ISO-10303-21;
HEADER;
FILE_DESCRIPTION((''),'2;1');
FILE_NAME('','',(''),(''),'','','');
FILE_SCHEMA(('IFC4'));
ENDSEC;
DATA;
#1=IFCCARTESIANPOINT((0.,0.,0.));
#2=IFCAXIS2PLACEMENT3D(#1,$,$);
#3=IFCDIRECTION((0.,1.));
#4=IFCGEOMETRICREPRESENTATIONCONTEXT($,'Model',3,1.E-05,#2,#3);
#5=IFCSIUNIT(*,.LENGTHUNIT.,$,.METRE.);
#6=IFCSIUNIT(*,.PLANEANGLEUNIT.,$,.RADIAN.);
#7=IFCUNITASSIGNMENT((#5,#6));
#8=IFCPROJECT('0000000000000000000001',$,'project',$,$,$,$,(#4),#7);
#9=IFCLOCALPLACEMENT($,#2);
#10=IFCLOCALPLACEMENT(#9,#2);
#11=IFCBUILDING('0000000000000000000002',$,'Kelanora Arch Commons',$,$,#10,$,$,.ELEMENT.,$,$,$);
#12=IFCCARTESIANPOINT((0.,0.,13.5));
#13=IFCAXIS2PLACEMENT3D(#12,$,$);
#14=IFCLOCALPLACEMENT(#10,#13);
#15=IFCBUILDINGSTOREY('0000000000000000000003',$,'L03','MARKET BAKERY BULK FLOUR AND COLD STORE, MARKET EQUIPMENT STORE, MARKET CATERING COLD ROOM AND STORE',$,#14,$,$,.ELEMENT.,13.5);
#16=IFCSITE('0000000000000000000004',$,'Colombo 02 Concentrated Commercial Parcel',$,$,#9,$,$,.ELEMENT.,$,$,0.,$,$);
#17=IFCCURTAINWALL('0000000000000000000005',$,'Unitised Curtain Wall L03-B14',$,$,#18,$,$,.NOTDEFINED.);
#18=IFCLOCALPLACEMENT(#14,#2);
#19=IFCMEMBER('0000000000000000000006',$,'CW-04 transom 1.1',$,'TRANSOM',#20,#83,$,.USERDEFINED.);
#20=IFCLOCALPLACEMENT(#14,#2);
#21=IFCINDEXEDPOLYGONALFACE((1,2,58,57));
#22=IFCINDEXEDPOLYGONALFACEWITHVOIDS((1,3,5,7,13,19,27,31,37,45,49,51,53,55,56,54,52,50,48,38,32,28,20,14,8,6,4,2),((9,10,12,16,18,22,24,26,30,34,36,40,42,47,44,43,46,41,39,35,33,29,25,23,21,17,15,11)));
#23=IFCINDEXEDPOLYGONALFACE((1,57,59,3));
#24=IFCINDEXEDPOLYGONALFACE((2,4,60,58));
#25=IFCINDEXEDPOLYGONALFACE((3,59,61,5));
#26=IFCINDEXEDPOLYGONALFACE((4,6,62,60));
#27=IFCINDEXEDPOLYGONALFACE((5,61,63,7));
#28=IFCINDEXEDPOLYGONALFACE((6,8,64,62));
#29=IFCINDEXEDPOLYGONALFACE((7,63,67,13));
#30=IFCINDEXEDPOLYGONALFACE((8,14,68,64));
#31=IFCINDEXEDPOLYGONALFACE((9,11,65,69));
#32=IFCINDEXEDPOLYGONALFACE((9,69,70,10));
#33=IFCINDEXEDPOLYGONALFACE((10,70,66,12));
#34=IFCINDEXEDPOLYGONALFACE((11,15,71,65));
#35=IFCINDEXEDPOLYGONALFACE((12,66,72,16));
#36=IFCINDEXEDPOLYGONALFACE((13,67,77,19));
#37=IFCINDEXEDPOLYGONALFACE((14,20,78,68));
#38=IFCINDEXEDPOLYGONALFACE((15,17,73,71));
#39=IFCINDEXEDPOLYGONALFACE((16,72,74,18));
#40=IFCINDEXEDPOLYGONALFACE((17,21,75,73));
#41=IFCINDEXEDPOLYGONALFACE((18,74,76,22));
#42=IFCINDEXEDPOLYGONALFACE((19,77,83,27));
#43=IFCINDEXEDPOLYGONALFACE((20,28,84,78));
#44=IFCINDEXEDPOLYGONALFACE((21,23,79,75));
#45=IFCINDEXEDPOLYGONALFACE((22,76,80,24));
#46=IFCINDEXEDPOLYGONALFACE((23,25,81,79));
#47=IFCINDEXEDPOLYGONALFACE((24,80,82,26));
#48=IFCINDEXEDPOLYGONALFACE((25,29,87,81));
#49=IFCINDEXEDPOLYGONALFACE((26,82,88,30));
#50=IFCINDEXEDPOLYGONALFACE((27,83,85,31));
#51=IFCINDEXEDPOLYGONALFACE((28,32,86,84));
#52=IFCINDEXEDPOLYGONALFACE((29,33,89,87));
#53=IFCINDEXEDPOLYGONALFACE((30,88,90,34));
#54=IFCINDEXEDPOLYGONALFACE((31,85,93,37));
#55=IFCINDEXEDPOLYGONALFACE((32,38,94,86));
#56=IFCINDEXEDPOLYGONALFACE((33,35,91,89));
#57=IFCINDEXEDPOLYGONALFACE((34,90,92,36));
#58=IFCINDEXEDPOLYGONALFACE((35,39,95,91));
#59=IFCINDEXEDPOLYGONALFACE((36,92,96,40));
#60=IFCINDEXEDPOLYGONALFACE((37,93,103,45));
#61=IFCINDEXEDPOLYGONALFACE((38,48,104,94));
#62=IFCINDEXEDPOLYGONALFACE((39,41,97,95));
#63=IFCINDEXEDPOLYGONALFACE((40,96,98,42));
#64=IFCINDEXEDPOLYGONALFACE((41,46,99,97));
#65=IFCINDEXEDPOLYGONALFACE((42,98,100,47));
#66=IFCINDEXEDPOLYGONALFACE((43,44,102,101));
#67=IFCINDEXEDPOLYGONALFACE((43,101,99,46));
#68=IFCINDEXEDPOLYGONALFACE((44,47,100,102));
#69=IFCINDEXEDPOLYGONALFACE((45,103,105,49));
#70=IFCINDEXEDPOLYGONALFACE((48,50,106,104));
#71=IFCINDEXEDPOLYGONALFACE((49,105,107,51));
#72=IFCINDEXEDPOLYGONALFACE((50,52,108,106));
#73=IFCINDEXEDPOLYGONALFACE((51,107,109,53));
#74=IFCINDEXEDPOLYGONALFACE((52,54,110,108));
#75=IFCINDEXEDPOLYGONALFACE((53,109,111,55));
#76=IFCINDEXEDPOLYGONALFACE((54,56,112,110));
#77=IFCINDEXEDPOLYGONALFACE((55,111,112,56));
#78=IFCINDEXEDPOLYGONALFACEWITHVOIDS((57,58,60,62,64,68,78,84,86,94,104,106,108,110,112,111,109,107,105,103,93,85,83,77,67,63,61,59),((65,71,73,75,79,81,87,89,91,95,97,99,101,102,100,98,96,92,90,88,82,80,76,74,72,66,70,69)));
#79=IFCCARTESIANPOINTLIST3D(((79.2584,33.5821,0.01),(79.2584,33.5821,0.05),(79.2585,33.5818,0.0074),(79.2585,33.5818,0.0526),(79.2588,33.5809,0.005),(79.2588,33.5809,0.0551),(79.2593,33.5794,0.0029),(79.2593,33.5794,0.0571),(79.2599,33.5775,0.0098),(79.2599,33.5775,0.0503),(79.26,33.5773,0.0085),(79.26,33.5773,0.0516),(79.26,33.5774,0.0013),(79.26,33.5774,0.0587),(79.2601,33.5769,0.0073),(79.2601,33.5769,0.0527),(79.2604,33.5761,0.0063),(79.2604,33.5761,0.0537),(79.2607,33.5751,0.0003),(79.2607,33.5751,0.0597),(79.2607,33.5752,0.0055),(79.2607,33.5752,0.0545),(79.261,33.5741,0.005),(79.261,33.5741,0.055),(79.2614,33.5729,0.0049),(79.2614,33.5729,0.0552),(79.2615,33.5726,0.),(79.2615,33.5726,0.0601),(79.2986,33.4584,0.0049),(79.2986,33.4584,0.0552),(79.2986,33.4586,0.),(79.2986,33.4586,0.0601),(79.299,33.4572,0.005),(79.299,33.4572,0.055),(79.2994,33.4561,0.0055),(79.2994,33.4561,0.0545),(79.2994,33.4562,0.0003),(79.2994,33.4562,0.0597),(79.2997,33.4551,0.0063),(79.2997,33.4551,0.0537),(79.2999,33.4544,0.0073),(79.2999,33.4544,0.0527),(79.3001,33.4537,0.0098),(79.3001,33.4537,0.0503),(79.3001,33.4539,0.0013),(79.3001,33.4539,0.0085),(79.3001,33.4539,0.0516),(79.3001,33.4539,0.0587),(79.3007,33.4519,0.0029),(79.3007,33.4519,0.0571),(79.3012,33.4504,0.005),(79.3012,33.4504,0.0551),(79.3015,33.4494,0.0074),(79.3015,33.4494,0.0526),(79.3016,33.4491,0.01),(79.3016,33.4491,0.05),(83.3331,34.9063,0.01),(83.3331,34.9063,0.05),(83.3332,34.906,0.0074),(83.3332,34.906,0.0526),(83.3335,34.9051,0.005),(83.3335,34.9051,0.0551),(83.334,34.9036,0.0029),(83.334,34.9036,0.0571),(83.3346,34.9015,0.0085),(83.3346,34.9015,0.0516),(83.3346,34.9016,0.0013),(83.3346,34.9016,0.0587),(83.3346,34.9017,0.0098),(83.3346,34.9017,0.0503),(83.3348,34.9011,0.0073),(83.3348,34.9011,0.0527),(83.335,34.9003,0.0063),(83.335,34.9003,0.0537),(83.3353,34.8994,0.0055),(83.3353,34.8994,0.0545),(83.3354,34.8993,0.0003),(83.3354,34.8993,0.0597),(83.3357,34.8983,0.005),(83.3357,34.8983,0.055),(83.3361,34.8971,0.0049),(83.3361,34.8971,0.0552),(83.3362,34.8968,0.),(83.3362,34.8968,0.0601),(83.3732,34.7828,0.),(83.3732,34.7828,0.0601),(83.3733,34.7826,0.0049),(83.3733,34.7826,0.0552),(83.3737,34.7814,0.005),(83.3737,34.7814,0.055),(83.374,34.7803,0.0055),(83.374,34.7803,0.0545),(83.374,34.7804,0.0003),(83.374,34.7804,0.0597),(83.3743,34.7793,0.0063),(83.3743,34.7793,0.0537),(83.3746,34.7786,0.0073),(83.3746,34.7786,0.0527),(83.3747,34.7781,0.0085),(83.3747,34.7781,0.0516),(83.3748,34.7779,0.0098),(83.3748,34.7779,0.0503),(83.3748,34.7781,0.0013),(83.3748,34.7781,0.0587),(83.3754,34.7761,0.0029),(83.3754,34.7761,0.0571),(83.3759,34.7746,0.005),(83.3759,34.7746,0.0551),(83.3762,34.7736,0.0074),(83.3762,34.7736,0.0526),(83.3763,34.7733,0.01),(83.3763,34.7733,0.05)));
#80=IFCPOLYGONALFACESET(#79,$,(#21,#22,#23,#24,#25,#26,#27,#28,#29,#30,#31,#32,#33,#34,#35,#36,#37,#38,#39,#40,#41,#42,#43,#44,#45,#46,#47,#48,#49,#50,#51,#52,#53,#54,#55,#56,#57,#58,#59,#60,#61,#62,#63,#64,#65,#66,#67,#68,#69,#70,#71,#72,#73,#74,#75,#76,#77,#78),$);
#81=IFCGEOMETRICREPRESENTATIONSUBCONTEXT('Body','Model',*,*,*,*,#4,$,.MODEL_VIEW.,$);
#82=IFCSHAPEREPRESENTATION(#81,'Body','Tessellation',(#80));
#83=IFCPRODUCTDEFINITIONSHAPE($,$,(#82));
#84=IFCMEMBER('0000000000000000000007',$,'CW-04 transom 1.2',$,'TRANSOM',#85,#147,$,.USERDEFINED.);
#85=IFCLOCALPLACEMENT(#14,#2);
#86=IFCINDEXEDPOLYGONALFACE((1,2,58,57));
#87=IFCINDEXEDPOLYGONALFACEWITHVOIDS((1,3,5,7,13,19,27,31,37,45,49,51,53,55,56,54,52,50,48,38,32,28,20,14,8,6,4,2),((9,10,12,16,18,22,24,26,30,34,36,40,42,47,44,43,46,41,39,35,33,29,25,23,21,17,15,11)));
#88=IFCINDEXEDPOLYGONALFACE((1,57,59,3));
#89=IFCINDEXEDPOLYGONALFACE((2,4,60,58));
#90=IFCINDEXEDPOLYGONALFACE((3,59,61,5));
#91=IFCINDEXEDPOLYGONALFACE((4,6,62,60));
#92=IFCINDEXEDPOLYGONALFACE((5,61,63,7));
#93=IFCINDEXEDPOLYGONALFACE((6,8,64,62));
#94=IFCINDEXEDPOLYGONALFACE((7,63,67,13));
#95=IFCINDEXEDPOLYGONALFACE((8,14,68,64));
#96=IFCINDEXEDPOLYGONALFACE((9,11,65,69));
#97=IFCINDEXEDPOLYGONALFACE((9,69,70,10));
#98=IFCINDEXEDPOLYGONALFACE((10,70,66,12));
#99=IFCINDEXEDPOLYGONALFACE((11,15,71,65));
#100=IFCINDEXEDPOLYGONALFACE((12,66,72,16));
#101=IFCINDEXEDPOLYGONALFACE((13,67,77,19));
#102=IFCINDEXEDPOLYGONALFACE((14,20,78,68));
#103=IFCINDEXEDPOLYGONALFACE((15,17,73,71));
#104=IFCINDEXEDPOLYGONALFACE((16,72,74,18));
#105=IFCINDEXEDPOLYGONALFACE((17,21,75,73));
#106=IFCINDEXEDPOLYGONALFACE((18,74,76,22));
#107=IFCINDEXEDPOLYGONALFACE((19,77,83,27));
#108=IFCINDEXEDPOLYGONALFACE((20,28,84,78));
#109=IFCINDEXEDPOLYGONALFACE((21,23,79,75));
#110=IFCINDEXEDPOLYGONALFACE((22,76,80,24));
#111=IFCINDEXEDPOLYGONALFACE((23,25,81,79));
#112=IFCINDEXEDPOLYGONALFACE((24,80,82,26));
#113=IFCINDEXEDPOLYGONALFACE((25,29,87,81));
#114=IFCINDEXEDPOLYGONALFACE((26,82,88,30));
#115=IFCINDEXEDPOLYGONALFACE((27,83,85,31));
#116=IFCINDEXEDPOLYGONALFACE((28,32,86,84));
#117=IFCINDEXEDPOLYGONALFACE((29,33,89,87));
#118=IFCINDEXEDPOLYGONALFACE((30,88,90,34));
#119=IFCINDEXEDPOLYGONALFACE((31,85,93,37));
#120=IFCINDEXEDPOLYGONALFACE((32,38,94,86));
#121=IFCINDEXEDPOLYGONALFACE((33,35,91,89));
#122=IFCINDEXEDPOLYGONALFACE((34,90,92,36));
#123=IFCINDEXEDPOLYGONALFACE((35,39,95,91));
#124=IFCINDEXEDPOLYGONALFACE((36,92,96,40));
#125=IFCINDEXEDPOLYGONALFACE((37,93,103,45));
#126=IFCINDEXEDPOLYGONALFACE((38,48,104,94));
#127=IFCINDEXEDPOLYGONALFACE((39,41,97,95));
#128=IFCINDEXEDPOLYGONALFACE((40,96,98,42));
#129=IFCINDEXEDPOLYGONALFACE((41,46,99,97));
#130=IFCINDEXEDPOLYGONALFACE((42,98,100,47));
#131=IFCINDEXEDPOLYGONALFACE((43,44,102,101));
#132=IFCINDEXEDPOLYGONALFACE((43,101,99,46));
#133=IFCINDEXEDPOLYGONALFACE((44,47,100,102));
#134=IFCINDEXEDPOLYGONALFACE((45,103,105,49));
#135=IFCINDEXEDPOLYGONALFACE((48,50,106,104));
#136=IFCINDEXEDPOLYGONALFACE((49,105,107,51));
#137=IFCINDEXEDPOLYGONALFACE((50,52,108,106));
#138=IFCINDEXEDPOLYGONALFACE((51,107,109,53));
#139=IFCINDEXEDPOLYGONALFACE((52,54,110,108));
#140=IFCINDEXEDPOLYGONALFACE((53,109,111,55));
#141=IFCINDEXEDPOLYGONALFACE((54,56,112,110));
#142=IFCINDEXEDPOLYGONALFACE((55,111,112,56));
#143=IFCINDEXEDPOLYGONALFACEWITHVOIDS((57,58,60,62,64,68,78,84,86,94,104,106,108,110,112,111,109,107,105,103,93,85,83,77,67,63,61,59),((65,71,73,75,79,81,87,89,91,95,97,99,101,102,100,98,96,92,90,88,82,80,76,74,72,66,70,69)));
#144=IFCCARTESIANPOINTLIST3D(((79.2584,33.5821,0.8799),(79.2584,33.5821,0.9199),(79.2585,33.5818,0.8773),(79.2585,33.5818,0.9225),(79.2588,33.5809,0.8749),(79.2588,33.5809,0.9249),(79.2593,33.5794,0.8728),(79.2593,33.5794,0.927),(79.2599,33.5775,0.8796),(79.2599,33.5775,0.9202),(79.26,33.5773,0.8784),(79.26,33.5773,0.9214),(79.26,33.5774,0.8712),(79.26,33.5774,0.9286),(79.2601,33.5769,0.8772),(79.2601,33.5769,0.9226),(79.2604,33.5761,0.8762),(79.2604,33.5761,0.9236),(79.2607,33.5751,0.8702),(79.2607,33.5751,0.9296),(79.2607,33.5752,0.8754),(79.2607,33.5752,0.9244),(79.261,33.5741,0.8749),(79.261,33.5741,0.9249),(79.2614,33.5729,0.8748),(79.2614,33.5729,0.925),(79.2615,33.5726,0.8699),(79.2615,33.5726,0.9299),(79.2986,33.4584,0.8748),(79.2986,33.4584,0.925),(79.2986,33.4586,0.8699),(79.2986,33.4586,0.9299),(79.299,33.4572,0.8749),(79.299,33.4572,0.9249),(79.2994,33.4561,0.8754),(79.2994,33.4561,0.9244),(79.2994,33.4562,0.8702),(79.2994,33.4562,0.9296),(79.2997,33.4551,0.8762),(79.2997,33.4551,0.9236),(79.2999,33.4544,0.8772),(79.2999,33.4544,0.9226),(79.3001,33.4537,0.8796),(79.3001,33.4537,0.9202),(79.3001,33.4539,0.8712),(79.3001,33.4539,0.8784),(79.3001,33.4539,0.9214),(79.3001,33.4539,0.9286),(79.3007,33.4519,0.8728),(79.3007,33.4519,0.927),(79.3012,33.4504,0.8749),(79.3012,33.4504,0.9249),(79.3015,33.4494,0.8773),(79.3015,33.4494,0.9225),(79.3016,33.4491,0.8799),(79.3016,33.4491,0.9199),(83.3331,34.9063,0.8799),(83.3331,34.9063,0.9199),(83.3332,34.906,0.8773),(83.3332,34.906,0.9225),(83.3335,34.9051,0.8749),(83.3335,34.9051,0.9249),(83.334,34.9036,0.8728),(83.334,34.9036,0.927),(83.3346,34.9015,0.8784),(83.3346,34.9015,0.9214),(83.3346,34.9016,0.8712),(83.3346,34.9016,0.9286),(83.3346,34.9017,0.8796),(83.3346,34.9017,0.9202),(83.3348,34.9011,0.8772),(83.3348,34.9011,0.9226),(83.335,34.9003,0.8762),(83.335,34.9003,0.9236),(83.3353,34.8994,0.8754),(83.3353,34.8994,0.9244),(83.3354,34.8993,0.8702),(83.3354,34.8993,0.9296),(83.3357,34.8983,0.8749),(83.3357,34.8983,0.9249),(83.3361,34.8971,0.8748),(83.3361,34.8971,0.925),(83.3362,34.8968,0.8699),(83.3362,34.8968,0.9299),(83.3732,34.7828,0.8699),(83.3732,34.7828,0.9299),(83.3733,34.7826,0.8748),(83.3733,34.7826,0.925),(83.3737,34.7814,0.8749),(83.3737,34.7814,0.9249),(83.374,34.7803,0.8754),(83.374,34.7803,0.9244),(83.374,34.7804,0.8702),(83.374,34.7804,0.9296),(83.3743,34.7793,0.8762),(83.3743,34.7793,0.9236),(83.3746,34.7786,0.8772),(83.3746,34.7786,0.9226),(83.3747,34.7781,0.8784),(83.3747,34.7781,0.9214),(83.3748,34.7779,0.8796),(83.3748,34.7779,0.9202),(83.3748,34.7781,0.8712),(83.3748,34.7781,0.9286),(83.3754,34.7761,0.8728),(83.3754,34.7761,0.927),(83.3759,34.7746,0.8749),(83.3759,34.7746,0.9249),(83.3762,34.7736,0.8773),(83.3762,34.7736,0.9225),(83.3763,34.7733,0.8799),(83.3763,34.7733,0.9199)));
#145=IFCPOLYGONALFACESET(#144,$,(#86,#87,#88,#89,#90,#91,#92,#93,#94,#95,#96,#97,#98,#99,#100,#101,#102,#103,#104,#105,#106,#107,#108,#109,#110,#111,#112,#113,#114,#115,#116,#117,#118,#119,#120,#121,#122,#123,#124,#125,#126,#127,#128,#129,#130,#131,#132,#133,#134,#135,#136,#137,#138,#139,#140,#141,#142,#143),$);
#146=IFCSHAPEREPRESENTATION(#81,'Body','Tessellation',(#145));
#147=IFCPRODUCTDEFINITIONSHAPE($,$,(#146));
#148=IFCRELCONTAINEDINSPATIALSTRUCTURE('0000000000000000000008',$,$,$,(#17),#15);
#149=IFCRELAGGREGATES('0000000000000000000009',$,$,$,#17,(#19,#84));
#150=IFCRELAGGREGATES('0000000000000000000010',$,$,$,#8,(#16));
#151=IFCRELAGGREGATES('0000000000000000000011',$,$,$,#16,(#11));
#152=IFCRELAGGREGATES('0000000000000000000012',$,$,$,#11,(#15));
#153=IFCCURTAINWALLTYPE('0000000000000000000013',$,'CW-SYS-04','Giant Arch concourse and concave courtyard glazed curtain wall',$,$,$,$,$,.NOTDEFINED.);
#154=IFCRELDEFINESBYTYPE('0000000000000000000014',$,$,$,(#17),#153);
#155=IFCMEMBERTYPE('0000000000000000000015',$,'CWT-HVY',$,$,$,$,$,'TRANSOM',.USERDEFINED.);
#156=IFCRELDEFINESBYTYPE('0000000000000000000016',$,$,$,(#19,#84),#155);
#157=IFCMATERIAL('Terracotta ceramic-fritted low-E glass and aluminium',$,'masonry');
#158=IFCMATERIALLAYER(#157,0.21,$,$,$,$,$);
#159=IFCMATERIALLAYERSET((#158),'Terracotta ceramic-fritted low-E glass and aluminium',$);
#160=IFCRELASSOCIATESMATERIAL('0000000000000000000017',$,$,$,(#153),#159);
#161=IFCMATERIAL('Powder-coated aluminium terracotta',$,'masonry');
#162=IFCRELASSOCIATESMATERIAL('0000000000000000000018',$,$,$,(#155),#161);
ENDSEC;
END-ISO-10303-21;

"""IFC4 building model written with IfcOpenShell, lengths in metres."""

from ifc_helpers import new_model, si_unit, direction, frame, origin, origin_2d, place, context, subcontext, project, spatial, hollow_rectangle, extrude, material, layer, layer_set, material_profile, profile_set, type_object, element, aggregate, save


model = new_model("IFC4")

# Units and contexts
model_context = context("Model", 3, precision=1e-05, world=origin(), true_north=direction((0.0, 1.0)))
body_context = subcontext(model_context, "Body", "Model", "MODEL_VIEW")
ifc_project = project(units=[si_unit("LENGTHUNIT", "METRE"), si_unit("PLANEANGLEUNIT", "RADIAN")], contexts=[model_context])

# Site, building, storey
site_placement = place(None, origin())
site = spatial("IfcSite", under=ifc_project, at=site_placement, Name="Colombo 02 Concentrated Commercial Parcel", CompositionType="ELEMENT", RefElevation=0.0)
building_placement = place(site_placement, origin())
building = spatial("IfcBuilding", under=site, at=building_placement, Name="Kelanora Arch Commons", CompositionType="ELEMENT")
storey_placement = place(building_placement, frame((0.0, 0.0, 13.5)))
storey = spatial("IfcBuildingStorey", under=building, at=storey_placement, Name="L03", Description="MARKET BAKERY BULK FLOUR AND COLD STORE, MARKET EQUIPMENT STORE, MARKET CATERING COLD ROOM AND STORE", CompositionType="ELEMENT", Elevation=13.5)

# Curtain wall, members
ifc_material_1 = material(Name="Terracotta ceramic-fritted low-E glass and aluminium", Category="masonry")
ifc_layer_1 = layer(ifc_material_1, 0.21)
ifc_layer_set_1 = layer_set([ifc_layer_1], Name="Terracotta ceramic-fritted low-E glass and aluminium")
curtain_wall_type = type_object("IfcCurtainWallType", Name="CW-SYS-04", Description="Giant Arch concourse and concave courtyard glazed curtain wall", PredefinedType="NOTDEFINED", material=ifc_layer_set_1)
curtain_wall_placement = place(storey_placement, origin())
curtain_wall = element("IfcCurtainWall", 1, at=curtain_wall_placement, inside=storey, type_object=curtain_wall_type, Name="Unitised Curtain Wall L03-B14", PredefinedType="NOTDEFINED")
ifc_material_2 = material(Name="Powder-coated aluminium terracotta", Category="masonry")
ifc_material_profile_1 = material_profile(ifc_material_2, hollow_rectangle(XDim=0.1399, YDim=0.0601, WallThickness=0.0049, InnerFilletRadius=0.0049, OuterFilletRadius=0.01, at=origin_2d()), Name="CWT140x60")
ifc_profile_set_1 = profile_set([ifc_material_profile_1], Name="Powder-coated aluminium terracotta")
member_type_1 = type_object("IfcMemberType", Name="CWT-HVY", ElementType="TRANSOM", PredefinedType="USERDEFINED", material=ifc_profile_set_1)
member_1_placement = place(storey_placement, frame((79.28, 33.5156, 0.03), z_axis=(0.951038, 0.309073, 0.0), x_axis=(-0.309073, 0.951038, 0.0)))
member_1 = element("IfcMember", 2, at=member_1_placement, type_object=member_type_1, Name="CW-04 transom 1.1", ObjectType="TRANSOM", PredefinedType="USERDEFINED", context=body_context, shape_type="SweptSolid", body=[
    extrude(hollow_rectangle(XDim=0.1399, YDim=0.0601, WallThickness=0.0049, InnerFilletRadius=0.0049, OuterFilletRadius=0.01, at=origin_2d()), origin(), (0.0, 0.0, 1.0), 4.2844),
])
member_2_placement = place(storey_placement, frame((79.28, 33.5156, 0.8999), z_axis=(0.951038, 0.309073, 0.0), x_axis=(-0.309073, 0.951038, 0.0)))
member_2 = element("IfcMember", 3, at=member_2_placement, type_object=member_type_1, Name="CW-04 transom 1.2", ObjectType="TRANSOM", PredefinedType="USERDEFINED", context=body_context, shape_type="SweptSolid", body=[
    extrude(hollow_rectangle(XDim=0.1399, YDim=0.0601, WallThickness=0.0049, InnerFilletRadius=0.0049, OuterFilletRadius=0.01, at=origin_2d()), origin(), (0.0, 0.0, 1.0), 4.2844),
])
aggregate(curtain_wall, [member_1, member_2])

save(model, "model.ifc")
